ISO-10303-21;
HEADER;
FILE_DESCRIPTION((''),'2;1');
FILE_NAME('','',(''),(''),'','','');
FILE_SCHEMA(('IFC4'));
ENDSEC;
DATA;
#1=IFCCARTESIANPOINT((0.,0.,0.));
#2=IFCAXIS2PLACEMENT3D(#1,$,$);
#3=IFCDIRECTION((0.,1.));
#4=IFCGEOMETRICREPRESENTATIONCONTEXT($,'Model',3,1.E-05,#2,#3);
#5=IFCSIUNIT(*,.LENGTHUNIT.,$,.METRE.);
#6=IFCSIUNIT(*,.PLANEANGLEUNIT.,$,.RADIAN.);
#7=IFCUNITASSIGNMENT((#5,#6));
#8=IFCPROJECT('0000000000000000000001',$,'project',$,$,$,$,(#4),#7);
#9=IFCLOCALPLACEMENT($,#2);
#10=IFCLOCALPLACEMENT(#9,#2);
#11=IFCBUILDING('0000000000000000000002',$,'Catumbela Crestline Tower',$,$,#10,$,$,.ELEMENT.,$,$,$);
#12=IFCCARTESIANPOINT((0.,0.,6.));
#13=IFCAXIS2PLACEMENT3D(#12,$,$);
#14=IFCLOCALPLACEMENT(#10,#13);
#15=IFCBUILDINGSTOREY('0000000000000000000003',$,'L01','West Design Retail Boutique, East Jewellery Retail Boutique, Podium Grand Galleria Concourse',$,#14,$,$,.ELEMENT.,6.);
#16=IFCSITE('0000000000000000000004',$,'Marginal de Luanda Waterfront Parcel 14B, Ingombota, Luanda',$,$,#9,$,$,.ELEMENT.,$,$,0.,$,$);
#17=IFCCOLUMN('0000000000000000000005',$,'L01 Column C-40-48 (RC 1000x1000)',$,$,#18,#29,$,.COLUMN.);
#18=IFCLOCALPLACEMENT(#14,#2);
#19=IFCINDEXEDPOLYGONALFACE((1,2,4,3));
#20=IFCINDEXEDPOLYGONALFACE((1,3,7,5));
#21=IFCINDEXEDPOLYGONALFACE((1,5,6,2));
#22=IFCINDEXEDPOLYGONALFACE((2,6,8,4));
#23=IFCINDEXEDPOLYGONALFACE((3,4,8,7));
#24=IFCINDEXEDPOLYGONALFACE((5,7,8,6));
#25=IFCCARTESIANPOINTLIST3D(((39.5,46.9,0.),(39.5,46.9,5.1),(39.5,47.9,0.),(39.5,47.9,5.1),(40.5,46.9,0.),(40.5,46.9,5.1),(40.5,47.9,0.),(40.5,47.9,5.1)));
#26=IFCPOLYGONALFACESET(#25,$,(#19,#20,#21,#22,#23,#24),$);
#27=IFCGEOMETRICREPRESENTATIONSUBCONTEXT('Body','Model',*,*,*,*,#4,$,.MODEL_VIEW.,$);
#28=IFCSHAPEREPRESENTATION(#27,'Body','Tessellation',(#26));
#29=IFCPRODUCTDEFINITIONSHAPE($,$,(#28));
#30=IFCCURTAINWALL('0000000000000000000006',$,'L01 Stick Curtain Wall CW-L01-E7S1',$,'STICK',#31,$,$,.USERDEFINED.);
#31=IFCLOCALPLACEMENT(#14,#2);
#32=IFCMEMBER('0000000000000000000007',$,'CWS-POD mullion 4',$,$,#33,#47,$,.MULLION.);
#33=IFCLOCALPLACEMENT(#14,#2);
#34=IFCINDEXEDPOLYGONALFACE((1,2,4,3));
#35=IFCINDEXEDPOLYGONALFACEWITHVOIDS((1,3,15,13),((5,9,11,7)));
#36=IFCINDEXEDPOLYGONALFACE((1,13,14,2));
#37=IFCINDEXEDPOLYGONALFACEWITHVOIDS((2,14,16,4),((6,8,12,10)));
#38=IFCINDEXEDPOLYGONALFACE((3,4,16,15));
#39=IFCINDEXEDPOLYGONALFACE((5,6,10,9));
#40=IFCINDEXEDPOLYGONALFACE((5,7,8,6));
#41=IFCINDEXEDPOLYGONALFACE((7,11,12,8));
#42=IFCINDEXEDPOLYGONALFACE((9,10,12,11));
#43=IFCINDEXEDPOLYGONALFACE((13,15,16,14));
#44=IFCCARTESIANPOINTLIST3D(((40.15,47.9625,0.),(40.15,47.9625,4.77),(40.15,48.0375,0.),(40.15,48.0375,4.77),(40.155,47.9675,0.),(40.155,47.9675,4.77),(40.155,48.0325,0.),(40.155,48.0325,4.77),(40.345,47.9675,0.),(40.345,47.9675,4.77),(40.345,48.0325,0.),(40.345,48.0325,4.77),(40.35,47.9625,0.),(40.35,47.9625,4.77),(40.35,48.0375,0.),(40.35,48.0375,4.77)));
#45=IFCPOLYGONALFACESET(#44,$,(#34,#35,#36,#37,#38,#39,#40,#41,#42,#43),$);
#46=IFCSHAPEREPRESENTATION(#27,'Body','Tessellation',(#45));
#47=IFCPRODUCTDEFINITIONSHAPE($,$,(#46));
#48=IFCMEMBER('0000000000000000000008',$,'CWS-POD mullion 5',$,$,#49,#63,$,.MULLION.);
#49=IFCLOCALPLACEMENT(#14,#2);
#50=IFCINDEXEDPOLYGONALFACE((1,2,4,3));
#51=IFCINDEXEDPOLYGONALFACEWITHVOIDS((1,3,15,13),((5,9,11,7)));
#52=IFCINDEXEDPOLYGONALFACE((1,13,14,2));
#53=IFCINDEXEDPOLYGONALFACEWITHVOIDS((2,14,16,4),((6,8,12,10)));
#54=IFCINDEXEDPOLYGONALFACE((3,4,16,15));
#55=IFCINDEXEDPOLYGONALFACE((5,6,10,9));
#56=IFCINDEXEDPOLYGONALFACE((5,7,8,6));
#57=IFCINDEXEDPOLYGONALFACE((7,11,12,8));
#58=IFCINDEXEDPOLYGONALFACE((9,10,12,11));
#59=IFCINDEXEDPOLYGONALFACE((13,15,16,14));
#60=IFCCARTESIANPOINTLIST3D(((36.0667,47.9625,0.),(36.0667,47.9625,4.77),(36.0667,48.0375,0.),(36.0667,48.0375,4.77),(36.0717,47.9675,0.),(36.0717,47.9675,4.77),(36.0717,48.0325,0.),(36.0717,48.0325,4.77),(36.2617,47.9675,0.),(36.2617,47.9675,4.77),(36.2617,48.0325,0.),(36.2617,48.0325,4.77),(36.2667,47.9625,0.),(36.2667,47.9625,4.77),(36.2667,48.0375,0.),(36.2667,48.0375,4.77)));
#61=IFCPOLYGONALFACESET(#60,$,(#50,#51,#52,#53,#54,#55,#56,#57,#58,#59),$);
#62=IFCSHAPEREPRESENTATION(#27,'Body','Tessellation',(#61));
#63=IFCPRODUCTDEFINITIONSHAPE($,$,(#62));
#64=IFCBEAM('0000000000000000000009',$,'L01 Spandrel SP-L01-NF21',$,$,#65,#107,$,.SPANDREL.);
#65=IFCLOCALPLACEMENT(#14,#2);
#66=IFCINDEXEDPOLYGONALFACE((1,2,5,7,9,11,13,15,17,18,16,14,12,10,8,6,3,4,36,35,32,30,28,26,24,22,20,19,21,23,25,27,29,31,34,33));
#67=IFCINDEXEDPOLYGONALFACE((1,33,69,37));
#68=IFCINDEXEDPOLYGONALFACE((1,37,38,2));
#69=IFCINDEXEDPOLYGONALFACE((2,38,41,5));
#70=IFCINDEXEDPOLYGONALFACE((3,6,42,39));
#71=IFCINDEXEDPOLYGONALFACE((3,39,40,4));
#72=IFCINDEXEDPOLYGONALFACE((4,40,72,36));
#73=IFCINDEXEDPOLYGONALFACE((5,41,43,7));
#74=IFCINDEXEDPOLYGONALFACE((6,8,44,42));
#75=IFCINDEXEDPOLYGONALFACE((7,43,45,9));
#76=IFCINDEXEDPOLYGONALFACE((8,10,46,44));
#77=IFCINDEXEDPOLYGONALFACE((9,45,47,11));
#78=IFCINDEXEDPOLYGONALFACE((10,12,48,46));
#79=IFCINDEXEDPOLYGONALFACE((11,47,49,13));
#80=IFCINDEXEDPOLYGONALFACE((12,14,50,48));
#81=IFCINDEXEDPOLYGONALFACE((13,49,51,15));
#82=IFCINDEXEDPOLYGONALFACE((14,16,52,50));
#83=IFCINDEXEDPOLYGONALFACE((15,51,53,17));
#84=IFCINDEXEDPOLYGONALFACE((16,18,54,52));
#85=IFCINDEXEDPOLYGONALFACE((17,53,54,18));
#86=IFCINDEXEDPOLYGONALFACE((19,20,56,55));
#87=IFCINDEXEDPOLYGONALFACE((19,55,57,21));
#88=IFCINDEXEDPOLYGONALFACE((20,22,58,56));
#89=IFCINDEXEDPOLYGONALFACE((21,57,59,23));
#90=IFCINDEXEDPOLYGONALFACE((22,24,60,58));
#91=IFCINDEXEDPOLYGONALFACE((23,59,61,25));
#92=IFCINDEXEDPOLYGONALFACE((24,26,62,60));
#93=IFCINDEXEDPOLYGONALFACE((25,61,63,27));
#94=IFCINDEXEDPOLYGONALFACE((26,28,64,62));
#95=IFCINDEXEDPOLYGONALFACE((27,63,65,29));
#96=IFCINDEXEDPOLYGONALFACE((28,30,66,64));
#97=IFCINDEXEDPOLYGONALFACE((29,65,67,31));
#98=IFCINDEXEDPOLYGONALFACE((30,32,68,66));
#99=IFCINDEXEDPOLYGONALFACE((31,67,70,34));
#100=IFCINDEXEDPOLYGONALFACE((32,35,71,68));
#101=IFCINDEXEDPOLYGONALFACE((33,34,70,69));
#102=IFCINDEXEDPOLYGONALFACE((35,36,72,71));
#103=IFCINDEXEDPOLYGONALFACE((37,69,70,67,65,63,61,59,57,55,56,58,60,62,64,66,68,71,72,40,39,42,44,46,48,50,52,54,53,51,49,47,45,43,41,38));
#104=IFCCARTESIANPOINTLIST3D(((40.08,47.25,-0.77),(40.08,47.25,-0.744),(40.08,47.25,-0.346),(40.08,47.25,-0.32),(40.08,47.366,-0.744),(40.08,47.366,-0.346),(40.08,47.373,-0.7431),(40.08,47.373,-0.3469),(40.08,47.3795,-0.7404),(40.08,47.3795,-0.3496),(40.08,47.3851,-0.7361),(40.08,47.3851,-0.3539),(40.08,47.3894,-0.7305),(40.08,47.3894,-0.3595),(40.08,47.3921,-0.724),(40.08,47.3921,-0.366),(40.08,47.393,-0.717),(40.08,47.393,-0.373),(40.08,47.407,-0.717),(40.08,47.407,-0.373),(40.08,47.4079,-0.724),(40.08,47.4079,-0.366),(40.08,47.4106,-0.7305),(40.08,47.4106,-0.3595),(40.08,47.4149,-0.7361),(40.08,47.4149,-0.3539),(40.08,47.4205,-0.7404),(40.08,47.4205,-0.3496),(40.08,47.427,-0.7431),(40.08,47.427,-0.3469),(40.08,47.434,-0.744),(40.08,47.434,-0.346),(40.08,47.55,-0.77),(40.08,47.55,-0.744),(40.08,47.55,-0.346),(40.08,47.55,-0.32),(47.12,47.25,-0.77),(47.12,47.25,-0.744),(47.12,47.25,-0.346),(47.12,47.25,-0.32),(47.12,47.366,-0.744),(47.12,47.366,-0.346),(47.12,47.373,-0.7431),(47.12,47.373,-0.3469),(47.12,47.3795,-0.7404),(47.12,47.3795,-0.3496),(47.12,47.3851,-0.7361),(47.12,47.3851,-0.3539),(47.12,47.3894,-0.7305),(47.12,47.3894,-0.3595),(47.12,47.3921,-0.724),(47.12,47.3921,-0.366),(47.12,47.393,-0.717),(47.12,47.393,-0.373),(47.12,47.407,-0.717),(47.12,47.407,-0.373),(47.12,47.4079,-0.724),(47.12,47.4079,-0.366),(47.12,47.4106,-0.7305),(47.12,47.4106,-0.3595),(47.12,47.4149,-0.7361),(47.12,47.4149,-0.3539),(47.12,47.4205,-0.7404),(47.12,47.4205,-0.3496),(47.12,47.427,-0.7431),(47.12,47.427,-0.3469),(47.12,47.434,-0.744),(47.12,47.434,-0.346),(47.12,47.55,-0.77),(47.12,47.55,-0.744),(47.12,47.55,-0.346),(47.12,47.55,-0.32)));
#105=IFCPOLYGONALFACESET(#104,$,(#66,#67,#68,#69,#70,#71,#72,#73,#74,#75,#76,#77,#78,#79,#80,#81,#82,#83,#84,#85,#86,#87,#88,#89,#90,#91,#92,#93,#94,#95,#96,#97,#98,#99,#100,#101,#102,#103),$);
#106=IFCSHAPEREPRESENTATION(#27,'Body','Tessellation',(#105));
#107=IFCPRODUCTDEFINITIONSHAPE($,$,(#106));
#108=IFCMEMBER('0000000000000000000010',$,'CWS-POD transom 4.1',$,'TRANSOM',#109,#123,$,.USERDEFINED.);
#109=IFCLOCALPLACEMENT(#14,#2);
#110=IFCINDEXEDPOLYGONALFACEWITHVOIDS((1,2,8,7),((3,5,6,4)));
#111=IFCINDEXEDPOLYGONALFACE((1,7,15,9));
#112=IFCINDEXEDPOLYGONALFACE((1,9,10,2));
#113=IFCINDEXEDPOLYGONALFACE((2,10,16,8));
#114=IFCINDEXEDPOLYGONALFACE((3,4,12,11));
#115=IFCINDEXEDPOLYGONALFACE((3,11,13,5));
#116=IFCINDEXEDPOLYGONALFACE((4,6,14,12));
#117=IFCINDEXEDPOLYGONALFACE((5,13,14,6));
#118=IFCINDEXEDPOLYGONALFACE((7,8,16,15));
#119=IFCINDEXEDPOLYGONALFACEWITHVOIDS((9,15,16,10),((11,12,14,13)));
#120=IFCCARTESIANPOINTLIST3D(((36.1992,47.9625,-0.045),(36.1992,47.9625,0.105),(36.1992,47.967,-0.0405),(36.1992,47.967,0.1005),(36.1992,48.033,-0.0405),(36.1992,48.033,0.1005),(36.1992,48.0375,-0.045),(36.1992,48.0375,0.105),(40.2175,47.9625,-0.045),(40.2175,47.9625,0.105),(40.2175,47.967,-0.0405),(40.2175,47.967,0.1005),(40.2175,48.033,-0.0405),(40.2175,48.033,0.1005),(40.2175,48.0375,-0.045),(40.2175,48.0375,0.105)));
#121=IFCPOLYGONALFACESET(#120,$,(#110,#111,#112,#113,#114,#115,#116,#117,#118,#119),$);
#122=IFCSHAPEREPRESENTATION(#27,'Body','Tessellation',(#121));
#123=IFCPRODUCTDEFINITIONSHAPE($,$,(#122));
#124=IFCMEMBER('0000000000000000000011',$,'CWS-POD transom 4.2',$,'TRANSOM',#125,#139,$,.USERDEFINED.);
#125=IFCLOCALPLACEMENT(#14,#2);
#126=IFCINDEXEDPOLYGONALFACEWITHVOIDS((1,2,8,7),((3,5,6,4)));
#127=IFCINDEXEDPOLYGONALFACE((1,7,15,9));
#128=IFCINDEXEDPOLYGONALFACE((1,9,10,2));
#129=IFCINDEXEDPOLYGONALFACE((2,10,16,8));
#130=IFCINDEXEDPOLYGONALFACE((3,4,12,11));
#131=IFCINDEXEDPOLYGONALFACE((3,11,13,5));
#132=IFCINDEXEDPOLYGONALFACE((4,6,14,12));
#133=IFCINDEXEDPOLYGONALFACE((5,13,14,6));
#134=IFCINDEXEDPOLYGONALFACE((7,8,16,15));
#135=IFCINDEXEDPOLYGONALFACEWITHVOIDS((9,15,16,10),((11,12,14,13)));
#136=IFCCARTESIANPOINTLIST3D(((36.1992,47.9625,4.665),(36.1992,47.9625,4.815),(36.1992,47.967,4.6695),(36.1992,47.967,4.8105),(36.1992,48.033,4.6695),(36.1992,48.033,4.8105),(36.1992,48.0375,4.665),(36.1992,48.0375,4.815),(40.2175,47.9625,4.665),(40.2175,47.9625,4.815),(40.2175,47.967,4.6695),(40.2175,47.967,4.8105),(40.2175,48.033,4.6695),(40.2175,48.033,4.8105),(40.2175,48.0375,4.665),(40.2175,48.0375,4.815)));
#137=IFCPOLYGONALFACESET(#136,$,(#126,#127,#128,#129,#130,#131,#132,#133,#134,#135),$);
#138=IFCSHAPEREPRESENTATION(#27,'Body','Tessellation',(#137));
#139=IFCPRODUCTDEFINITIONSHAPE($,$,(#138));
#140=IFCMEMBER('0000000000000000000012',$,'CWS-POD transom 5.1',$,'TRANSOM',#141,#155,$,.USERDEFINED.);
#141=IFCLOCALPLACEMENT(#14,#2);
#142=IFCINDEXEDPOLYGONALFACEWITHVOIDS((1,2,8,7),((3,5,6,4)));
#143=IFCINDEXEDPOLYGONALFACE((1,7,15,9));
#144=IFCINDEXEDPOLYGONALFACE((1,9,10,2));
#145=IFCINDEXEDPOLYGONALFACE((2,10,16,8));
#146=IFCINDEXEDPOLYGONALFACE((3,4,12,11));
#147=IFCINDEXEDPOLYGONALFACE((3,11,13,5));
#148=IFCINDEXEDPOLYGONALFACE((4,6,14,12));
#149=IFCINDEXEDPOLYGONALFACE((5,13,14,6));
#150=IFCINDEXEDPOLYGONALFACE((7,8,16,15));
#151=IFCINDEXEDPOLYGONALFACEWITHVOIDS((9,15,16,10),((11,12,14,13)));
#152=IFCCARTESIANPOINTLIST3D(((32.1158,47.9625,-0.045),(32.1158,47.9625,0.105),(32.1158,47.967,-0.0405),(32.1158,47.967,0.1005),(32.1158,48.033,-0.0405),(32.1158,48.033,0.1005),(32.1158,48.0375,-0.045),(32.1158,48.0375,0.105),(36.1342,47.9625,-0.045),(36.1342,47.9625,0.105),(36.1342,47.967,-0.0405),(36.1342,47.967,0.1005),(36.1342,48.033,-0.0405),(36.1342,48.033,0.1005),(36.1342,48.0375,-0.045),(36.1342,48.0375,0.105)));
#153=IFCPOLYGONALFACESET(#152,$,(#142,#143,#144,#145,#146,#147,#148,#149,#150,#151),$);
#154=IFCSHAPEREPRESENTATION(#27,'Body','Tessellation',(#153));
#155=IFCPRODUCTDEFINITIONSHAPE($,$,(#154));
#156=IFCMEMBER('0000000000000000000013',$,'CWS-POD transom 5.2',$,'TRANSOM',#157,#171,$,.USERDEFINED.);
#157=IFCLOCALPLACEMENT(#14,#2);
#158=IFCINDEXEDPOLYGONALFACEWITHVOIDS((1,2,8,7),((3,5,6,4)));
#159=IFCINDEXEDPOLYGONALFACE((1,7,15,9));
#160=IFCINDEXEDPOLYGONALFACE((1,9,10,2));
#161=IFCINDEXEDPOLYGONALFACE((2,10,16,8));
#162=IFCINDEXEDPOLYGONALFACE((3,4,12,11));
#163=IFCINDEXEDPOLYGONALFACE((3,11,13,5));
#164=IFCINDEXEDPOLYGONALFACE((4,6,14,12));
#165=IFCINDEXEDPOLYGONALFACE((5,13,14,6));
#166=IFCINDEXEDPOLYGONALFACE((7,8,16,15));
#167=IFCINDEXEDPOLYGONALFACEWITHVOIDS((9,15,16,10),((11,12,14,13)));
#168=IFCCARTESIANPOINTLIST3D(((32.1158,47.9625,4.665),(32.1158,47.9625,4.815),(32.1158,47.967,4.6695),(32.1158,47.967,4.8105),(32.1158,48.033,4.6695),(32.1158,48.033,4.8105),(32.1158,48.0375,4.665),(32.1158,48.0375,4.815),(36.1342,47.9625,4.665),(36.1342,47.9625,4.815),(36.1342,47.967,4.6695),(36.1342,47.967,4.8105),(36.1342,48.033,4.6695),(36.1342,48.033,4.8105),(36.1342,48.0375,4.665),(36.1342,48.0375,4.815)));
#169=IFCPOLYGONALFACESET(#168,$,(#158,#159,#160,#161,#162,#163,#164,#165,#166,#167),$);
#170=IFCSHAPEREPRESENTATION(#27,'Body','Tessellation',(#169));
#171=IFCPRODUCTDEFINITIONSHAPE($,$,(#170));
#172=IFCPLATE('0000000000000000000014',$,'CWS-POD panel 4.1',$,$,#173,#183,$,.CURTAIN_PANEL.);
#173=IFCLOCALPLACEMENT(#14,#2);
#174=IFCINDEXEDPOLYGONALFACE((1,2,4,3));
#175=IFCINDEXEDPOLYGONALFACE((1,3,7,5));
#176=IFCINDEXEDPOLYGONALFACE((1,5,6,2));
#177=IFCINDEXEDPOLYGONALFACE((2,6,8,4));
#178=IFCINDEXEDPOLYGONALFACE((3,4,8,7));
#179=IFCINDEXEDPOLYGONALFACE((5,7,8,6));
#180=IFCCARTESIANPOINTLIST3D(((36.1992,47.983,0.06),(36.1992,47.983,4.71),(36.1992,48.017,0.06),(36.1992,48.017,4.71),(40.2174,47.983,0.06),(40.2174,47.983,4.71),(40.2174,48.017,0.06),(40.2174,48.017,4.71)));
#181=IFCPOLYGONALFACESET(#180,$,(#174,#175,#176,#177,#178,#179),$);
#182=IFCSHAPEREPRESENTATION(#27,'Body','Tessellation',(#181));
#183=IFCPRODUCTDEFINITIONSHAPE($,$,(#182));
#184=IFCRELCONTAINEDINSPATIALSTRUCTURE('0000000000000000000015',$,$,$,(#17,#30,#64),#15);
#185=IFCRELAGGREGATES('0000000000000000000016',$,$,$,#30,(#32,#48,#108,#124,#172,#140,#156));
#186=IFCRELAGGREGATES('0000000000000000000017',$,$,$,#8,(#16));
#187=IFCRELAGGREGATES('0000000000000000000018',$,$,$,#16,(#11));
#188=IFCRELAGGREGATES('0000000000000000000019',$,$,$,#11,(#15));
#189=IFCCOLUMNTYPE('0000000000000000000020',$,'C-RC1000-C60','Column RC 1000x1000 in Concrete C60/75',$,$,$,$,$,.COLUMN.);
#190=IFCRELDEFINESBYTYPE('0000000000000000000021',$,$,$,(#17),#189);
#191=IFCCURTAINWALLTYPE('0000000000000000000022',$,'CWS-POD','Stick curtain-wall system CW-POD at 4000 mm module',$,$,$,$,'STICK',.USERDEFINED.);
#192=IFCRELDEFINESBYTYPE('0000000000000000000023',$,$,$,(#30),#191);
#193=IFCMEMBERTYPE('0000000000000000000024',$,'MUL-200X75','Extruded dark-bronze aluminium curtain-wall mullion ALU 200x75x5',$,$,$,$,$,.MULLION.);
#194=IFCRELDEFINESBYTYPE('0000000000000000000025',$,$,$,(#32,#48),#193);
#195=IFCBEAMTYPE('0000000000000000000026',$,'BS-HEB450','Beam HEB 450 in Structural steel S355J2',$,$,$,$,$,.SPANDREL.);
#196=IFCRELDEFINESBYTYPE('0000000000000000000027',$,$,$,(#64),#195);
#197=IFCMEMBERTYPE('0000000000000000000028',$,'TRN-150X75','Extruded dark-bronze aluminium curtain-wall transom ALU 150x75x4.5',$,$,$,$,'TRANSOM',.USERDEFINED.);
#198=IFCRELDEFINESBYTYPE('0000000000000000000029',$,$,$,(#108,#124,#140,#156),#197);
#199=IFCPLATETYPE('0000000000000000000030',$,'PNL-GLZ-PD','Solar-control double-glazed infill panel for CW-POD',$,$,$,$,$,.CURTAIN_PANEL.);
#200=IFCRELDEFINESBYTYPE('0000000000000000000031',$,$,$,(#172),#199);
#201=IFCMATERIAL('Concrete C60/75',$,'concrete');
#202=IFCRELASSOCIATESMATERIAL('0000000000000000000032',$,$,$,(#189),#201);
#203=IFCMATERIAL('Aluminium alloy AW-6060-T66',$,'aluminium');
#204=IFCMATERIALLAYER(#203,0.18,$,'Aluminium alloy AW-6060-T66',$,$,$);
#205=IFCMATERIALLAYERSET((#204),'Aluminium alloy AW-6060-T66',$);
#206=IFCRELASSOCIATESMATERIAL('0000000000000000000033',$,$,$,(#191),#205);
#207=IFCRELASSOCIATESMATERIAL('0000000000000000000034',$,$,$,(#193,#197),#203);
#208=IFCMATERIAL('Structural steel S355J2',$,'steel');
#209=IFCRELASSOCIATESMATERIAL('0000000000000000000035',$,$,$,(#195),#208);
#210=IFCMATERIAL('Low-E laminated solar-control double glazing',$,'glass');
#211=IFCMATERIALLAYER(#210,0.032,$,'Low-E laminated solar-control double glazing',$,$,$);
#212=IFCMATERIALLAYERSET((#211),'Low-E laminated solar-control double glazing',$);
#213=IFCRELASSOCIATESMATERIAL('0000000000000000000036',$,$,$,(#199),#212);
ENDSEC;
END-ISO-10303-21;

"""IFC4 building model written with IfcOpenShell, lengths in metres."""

from ifc_helpers import new_model, si_unit, direction, frame, origin, origin_2d, place, context, subcontext, project, spatial, rectangle, hollow_rectangle, i_section, extrude, material, layer, layer_set, material_profile, profile_set, type_object, element, aggregate, save


model = new_model("IFC4")

# Units and contexts
model_context = context("Model", 3, precision=1e-05, world=origin(), true_north=direction((0.0, 1.0)))
body_context = subcontext(model_context, "Body", "Model", "MODEL_VIEW")
ifc_project = project(units=[si_unit("LENGTHUNIT", "METRE"), si_unit("PLANEANGLEUNIT", "RADIAN")], contexts=[model_context])

# Site, building, storey
site_placement = place(None, origin())
site = spatial("IfcSite", under=ifc_project, at=site_placement, Name="Marginal de Luanda Waterfront Parcel 14B, Ingombota, Luanda", CompositionType="ELEMENT", RefElevation=0.0)
building_placement = place(site_placement, origin())
building = spatial("IfcBuilding", under=site, at=building_placement, Name="Catumbela Crestline Tower", CompositionType="ELEMENT")
storey_placement = place(building_placement, frame((0.0, 0.0, 6.0)))
storey = spatial("IfcBuildingStorey", under=building, at=storey_placement, Name="L01", Description="West Design Retail Boutique, East Jewellery Retail Boutique, Podium Grand Galleria Concourse", CompositionType="ELEMENT", Elevation=6.0)

# Column
ifc_material_1 = material(Name="Concrete C60/75", Category="concrete")
ifc_material_profile_1 = material_profile(ifc_material_1, rectangle(XDim=1.0, YDim=1.0, at=origin_2d()), Name="RC 1000x1000")
ifc_profile_set_1 = profile_set([ifc_material_profile_1], Name="Concrete C60/75")
column_type = type_object("IfcColumnType", Name="C-RC1000-C60", Description="Column RC 1000x1000 in Concrete C60/75", PredefinedType="COLUMN", material=ifc_profile_set_1)
column_placement = place(storey_placement, frame((40.0, 47.4, 0.0), z_axis=(0.0, 0.0, 1.0), x_axis=(1.0, 0.0, 0.0)))
element("IfcColumn", 1, at=column_placement, inside=storey, type_object=column_type, Name="L01 Column C-40-48 (RC 1000x1000)", PredefinedType="COLUMN", context=body_context, shape_type="SweptSolid", body=[
    extrude(rectangle(XDim=1.0, YDim=1.0, at=origin_2d()), origin(), (0.0, 0.0, 1.0), 5.1),
])

# Curtain wall, members
ifc_material_2 = material(Name="Aluminium alloy AW-6060-T66", Category="aluminium")
ifc_layer_1 = layer(ifc_material_2, 0.18, Name="Aluminium alloy AW-6060-T66")
ifc_layer_set_1 = layer_set([ifc_layer_1], Name="Aluminium alloy AW-6060-T66")
curtain_wall_type = type_object("IfcCurtainWallType", Name="CWS-POD", Description="Stick curtain-wall system CW-POD at 4000 mm module", ElementType="STICK", PredefinedType="USERDEFINED", material=ifc_layer_set_1)
curtain_wall_placement = place(storey_placement, origin())
curtain_wall = element("IfcCurtainWall", 2, at=curtain_wall_placement, inside=storey, type_object=curtain_wall_type, Name="L01 Stick Curtain Wall CW-L01-E7S1", ObjectType="STICK", PredefinedType="USERDEFINED")
ifc_material_profile_2 = material_profile(ifc_material_2, hollow_rectangle(XDim=0.075, YDim=0.2, WallThickness=0.005, at=origin_2d()), Name="ALU 200x75x5")
ifc_profile_set_2 = profile_set([ifc_material_profile_2], Name="Aluminium alloy AW-6060-T66")
member_type_1 = type_object("IfcMemberType", Name="MUL-200X75", Description="Extruded dark-bronze aluminium curtain-wall mullion ALU 200x75x5", PredefinedType="MULLION", material=ifc_profile_set_2)
member_1_placement = place(storey_placement, frame((40.25, 48.0, 0.0), z_axis=(0.0, 0.0, 1.0), x_axis=(0.0, -1.0, 0.0)))
member_1 = element("IfcMember", 3, at=member_1_placement, type_object=member_type_1, Name="CWS-POD mullion 4", PredefinedType="MULLION", context=body_context, shape_type="SweptSolid", body=[
    extrude(hollow_rectangle(XDim=0.075, YDim=0.2, WallThickness=0.005, at=origin_2d()), origin(), (0.0, 0.0, 1.0), 4.77),
])
member_2_placement = place(storey_placement, frame((36.1667, 48.0, 0.0), z_axis=(0.0, 0.0, 1.0), x_axis=(0.0, -1.0, 0.0)))
member_2 = element("IfcMember", 4, at=member_2_placement, type_object=member_type_1, Name="CWS-POD mullion 5", PredefinedType="MULLION", context=body_context, shape_type="SweptSolid", body=[
    extrude(hollow_rectangle(XDim=0.075, YDim=0.2, WallThickness=0.005, at=origin_2d()), origin(), (0.0, 0.0, 1.0), 4.77),
])

# Beam
ifc_material_3 = material(Name="Structural steel S355J2", Category="steel")
ifc_material_profile_3 = material_profile(ifc_material_3, i_section(OverallWidth=0.3, OverallDepth=0.45, WebThickness=0.014, FlangeThickness=0.026, FilletRadius=0.027, at=origin_2d()), Name="HEB 450")
ifc_profile_set_3 = profile_set([ifc_material_profile_3], Name="Structural steel S355J2")
beam_type = type_object("IfcBeamType", Name="BS-HEB450", Description="Beam HEB 450 in Structural steel S355J2", PredefinedType="SPANDREL", material=ifc_profile_set_3)
beam_placement = place(storey_placement, frame((40.08, 47.4, -0.545), z_axis=(1.0, 0.0, 0.0), x_axis=(0.0, 1.0, 0.0)))
element("IfcBeam", 5, at=beam_placement, inside=storey, type_object=beam_type, Name="L01 Spandrel SP-L01-NF21", PredefinedType="SPANDREL", context=body_context, shape_type="SweptSolid", body=[
    extrude(i_section(OverallWidth=0.3, OverallDepth=0.45, WebThickness=0.014, FlangeThickness=0.026, FilletRadius=0.027, at=origin_2d()), origin(), (0.0, 0.0, 1.0), 7.04),
])

# Members
ifc_material_profile_4 = material_profile(ifc_material_2, hollow_rectangle(XDim=0.075, YDim=0.15, WallThickness=0.0045, at=origin_2d()), Name="ALU 150x75x4.5")
ifc_profile_set_4 = profile_set([ifc_material_profile_4], Name="Aluminium alloy AW-6060-T66")
member_type_2 = type_object("IfcMemberType", Name="TRN-150X75", Description="Extruded dark-bronze aluminium curtain-wall transom ALU 150x75x4.5", ElementType="TRANSOM", PredefinedType="USERDEFINED", material=ifc_profile_set_4)
member_3_placement = place(storey_placement, frame((40.2175, 48.0, 0.03), z_axis=(-1.0, 0.0, 0.0), x_axis=(0.0, -1.0, 0.0)))
member_3 = element("IfcMember", 6, at=member_3_placement, type_object=member_type_2, Name="CWS-POD transom 4.1", ObjectType="TRANSOM", PredefinedType="USERDEFINED", context=body_context, shape_type="SweptSolid", body=[
    extrude(hollow_rectangle(XDim=0.075, YDim=0.15, WallThickness=0.0045, at=origin_2d()), origin(), (0.0, 0.0, 1.0), 4.0183),
])
member_4_placement = place(storey_placement, frame((40.2175, 48.0, 4.74), z_axis=(-1.0, 0.0, 0.0), x_axis=(0.0, -1.0, 0.0)))
member_4 = element("IfcMember", 7, at=member_4_placement, type_object=member_type_2, Name="CWS-POD transom 4.2", ObjectType="TRANSOM", PredefinedType="USERDEFINED", context=body_context, shape_type="SweptSolid", body=[
    extrude(hollow_rectangle(XDim=0.075, YDim=0.15, WallThickness=0.0045, at=origin_2d()), origin(), (0.0, 0.0, 1.0), 4.0183),
])
member_5_placement = place(storey_placement, frame((36.1342, 48.0, 0.03), z_axis=(-1.0, 0.0, 0.0), x_axis=(0.0, -1.0, 0.0)))
member_5 = element("IfcMember", 8, at=member_5_placement, type_object=member_type_2, Name="CWS-POD transom 5.1", ObjectType="TRANSOM", PredefinedType="USERDEFINED", context=body_context, shape_type="SweptSolid", body=[
    extrude(hollow_rectangle(XDim=0.075, YDim=0.15, WallThickness=0.0045, at=origin_2d()), origin(), (0.0, 0.0, 1.0), 4.0184),
])
member_6_placement = place(storey_placement, frame((36.1342, 48.0, 4.74), z_axis=(-1.0, 0.0, 0.0), x_axis=(0.0, -1.0, 0.0)))
member_6 = element("IfcMember", 9, at=member_6_placement, type_object=member_type_2, Name="CWS-POD transom 5.2", ObjectType="TRANSOM", PredefinedType="USERDEFINED", context=body_context, shape_type="SweptSolid", body=[
    extrude(hollow_rectangle(XDim=0.075, YDim=0.15, WallThickness=0.0045, at=origin_2d()), origin(), (0.0, 0.0, 1.0), 4.0184),
])

# Plate
ifc_material_4 = material(Name="Low-E laminated solar-control double glazing", Category="glass")
ifc_layer_2 = layer(ifc_material_4, 0.032, Name="Low-E laminated solar-control double glazing")
ifc_layer_set_2 = layer_set([ifc_layer_2], Name="Low-E laminated solar-control double glazing")
plate_type = type_object("IfcPlateType", Name="PNL-GLZ-PD", Description="Solar-control double-glazed infill panel for CW-POD", PredefinedType="CURTAIN_PANEL", material=ifc_layer_set_2)
plate_1_placement = place(storey_placement, frame((38.2083, 48.0, 0.06), z_axis=(0.0, 0.0, 1.0), x_axis=(-1.0, 0.0, 0.0)))
plate_1 = element("IfcPlate", 10, at=plate_1_placement, type_object=plate_type, Name="CWS-POD panel 4.1", PredefinedType="CURTAIN_PANEL", context=body_context, shape_type="SweptSolid", body=[
    extrude(rectangle(XDim=4.0183, YDim=0.034, at=origin_2d()), origin(), (0.0, 0.0, 1.0), 4.65),
])
aggregate(curtain_wall, [member_1, member_2, member_3, member_4, plate_1, member_5, member_6])

save(model, "model.ifc")
